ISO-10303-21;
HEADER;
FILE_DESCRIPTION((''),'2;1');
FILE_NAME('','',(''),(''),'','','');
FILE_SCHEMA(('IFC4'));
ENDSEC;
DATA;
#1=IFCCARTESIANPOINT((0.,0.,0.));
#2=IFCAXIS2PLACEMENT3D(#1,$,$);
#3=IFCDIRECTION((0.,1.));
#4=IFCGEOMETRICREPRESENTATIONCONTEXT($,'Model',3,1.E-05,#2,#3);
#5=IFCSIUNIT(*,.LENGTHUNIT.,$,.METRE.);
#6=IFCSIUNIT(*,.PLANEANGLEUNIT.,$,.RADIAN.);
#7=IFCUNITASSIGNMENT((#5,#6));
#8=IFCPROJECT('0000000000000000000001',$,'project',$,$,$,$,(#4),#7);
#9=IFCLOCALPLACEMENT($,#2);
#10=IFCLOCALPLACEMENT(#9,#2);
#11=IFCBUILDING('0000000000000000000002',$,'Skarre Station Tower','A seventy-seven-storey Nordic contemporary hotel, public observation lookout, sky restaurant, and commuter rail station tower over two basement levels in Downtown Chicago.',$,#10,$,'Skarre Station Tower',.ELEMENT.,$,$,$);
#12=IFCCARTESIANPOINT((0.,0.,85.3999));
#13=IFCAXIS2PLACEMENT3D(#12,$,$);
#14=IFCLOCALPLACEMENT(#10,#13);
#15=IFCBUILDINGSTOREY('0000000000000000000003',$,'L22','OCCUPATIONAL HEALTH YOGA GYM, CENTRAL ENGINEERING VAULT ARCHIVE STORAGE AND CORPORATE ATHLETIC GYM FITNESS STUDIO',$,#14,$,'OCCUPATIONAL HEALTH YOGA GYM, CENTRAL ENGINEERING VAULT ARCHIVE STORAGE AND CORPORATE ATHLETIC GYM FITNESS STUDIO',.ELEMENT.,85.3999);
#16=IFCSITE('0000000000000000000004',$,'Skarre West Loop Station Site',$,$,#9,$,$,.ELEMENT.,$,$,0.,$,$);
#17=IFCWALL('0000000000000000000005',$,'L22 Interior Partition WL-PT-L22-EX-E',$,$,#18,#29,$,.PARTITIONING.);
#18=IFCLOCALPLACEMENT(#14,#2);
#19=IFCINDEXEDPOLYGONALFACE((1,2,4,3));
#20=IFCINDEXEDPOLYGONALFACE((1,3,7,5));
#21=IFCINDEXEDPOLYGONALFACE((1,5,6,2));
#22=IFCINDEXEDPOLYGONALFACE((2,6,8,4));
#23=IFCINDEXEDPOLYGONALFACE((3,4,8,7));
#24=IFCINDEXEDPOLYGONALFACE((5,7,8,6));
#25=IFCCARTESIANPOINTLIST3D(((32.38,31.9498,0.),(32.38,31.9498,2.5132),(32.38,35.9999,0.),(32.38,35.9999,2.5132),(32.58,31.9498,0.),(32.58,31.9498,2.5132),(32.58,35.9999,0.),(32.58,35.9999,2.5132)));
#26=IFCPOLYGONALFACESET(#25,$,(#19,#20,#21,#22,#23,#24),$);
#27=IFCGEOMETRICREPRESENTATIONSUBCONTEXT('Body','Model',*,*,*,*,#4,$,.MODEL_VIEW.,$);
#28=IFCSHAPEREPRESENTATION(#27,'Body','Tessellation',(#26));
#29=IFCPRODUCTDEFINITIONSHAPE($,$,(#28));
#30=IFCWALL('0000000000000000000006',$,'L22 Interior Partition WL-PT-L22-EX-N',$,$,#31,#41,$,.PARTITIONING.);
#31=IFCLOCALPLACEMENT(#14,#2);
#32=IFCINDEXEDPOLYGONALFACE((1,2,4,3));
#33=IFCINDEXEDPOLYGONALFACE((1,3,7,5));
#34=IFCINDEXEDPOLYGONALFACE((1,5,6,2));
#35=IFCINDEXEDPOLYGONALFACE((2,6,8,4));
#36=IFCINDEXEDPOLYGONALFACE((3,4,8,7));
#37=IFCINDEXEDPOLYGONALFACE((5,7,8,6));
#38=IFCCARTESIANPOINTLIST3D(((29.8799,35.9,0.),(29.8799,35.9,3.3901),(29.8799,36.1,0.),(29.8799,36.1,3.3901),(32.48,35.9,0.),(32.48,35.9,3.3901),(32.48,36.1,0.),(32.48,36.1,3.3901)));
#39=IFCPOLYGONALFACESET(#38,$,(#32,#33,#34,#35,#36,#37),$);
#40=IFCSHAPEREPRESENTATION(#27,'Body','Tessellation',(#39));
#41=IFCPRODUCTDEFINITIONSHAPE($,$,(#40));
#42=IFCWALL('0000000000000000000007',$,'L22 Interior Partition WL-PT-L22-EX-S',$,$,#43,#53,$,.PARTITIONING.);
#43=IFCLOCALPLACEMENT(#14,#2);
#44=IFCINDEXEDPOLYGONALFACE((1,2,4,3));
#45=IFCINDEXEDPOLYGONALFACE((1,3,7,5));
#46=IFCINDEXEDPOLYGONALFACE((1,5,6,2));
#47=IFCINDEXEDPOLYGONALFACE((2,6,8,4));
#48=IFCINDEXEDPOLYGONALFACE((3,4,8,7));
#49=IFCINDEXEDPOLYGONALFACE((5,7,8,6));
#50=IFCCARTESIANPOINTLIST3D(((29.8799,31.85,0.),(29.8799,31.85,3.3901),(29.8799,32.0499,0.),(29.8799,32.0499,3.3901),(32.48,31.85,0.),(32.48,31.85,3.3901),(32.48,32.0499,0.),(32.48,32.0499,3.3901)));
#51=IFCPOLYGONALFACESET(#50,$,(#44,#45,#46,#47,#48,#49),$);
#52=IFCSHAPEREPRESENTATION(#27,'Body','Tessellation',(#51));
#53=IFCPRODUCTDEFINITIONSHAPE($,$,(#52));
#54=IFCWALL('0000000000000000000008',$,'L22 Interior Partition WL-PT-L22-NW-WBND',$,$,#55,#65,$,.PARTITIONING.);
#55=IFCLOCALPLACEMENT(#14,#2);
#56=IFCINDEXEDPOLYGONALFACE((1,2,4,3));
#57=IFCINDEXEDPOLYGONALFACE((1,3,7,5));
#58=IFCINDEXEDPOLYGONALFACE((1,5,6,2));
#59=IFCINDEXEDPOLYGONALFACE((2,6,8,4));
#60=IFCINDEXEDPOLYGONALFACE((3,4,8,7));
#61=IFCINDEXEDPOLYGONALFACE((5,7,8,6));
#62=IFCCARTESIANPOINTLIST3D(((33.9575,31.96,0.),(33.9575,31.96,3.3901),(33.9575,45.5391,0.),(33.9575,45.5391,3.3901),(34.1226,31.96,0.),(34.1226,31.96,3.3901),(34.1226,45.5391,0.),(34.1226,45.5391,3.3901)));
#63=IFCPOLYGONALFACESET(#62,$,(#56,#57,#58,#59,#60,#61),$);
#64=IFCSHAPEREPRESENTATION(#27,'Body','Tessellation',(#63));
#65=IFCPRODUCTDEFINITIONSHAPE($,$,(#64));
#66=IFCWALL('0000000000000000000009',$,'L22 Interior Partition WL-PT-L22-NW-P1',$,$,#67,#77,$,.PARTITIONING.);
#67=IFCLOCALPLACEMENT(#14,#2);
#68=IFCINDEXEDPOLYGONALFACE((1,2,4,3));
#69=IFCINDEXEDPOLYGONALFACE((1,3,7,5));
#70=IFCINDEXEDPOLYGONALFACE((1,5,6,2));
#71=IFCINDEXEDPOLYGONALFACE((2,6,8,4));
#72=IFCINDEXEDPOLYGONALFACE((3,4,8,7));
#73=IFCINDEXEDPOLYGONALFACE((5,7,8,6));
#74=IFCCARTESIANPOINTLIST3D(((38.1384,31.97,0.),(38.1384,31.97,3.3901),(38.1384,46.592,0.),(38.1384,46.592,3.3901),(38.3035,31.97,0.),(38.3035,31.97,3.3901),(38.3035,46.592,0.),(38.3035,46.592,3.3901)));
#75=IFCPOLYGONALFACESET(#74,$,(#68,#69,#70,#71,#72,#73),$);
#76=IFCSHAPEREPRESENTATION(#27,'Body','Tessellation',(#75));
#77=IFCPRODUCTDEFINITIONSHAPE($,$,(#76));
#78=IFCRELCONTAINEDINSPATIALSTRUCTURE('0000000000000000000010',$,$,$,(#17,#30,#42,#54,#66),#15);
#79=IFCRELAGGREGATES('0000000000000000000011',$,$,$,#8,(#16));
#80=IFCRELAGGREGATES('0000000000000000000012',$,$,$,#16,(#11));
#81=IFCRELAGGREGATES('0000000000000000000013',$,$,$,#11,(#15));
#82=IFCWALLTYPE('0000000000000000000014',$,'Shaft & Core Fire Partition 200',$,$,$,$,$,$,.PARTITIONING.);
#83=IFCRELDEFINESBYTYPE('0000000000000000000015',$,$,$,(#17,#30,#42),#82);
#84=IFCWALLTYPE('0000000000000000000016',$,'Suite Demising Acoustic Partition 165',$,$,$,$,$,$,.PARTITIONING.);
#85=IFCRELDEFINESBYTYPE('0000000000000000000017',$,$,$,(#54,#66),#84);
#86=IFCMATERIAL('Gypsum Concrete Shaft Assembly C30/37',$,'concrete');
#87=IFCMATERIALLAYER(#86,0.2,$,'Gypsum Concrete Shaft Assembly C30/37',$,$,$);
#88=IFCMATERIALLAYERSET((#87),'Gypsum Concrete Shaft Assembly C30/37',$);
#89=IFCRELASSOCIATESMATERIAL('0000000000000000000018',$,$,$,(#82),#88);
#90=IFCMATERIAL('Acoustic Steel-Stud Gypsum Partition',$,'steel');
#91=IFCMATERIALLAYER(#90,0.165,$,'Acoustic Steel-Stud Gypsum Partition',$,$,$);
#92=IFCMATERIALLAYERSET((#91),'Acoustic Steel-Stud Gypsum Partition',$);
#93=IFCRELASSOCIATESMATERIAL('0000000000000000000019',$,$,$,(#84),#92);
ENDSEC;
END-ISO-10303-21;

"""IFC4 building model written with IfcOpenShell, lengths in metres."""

from ifc_helpers import new_model, si_unit, direction, frame, frame_2d, origin, place, context, subcontext, project, spatial, rectangle, extrude, material, layer, layer_set, type_object, element, save


model = new_model("IFC4")

# Units and contexts
model_context = context("Model", 3, precision=1e-05, world=origin(), true_north=direction((0.0, 1.0)))
body_context = subcontext(model_context, "Body", "Model", "MODEL_VIEW")
ifc_project = project(units=[si_unit("LENGTHUNIT", "METRE"), si_unit("PLANEANGLEUNIT", "RADIAN")], contexts=[model_context])

# Site, building, storey
site_placement = place(None, origin())
site = spatial("IfcSite", under=ifc_project, at=site_placement, Name="Skarre West Loop Station Site", CompositionType="ELEMENT", RefElevation=0.0)
building_placement = place(site_placement, origin())
building = spatial("IfcBuilding", under=site, at=building_placement, Name="Skarre Station Tower", Description="A seventy-seven-storey Nordic contemporary hotel, public observation lookout, sky restaurant, and commuter rail station tower over two basement levels in Downtown Chicago.", LongName="Skarre Station Tower", CompositionType="ELEMENT")
storey_placement = place(building_placement, frame((0.0, 0.0, 85.3999)))
storey = spatial("IfcBuildingStorey", under=building, at=storey_placement, Name="L22", Description="OCCUPATIONAL HEALTH YOGA GYM, CENTRAL ENGINEERING VAULT ARCHIVE STORAGE AND CORPORATE ATHLETIC GYM FITNESS STUDIO", LongName="OCCUPATIONAL HEALTH YOGA GYM, CENTRAL ENGINEERING VAULT ARCHIVE STORAGE AND CORPORATE ATHLETIC GYM FITNESS STUDIO", CompositionType="ELEMENT", Elevation=85.3999)

# Shared definitions
ifc_material_1 = material(Name="Acoustic Steel-Stud Gypsum Partition", Category="steel")

# Walls
ifc_material_2 = material(Name="Gypsum Concrete Shaft Assembly C30/37", Category="concrete")
ifc_layer_1 = layer(ifc_material_2, 0.2, Name="Gypsum Concrete Shaft Assembly C30/37")
ifc_layer_set_1 = layer_set([ifc_layer_1], Name="Gypsum Concrete Shaft Assembly C30/37")
wall_type_1 = type_object("IfcWallType", Name="Shaft & Core Fire Partition 200", PredefinedType="PARTITIONING", material=ifc_layer_set_1)
wall_1_placement = place(storey_placement, frame((32.48, 31.95, 0.0), z_axis=(0.0, 0.0, 1.0), x_axis=(0.0, 1.0, 0.0)))
element("IfcWall", 1, at=wall_1_placement, inside=storey, type_object=wall_type_1, Name="L22 Interior Partition WL-PT-L22-EX-E", PredefinedType="PARTITIONING", context=body_context, shape_type="SweptSolid", body=[
    extrude(rectangle(XDim=4.05, YDim=0.2, at=frame_2d((2.0249, 0.0))), origin(), (0.0, 0.0, 1.0), 2.5132),
])
for number, where, z_axis, x_axis, name in (
    (2, (29.8799, 36.0, 0.0), (0.0, 0.0, 1.0), (1.0, 0.0, 0.0), "L22 Interior Partition WL-PT-L22-EX-N"),
    (3, (32.48, 31.95, 0.0), (0.0, 0.0, 1.0), (-1.0, 0.0, 0.0), "L22 Interior Partition WL-PT-L22-EX-S"),
):
    element("IfcWall", number, at=place(storey_placement, frame(where, z_axis=z_axis, x_axis=x_axis)), inside=storey, type_object=wall_type_1, Name=name, PredefinedType="PARTITIONING", context=body_context, shape_type="SweptSolid", body=[
        extrude(rectangle(XDim=2.6001, YDim=0.2, at=frame_2d((1.3, 0.0))), origin(), (0.0, 0.0, 1.0), 3.3901),
    ])
ifc_layer_2 = layer(ifc_material_1, 0.165, Name="Acoustic Steel-Stud Gypsum Partition")
ifc_layer_set_2 = layer_set([ifc_layer_2], Name="Acoustic Steel-Stud Gypsum Partition")
wall_type_2 = type_object("IfcWallType", Name="Suite Demising Acoustic Partition 165", PredefinedType="PARTITIONING", material=ifc_layer_set_2)
wall_2_placement = place(storey_placement, frame((34.04, 31.96, 0.0), z_axis=(0.0, 0.0, 1.0), x_axis=(0.0, 1.0, 0.0)))
element("IfcWall", 4, at=wall_2_placement, inside=storey, type_object=wall_type_2, Name="L22 Interior Partition WL-PT-L22-NW-WBND", PredefinedType="PARTITIONING", context=body_context, shape_type="SweptSolid", body=[
    extrude(rectangle(XDim=13.5791, YDim=0.165, at=frame_2d((6.7896, 0.0))), origin(), (0.0, 0.0, 1.0), 3.3901),
])
wall_3_placement = place(storey_placement, frame((38.2209, 31.97, 0.0), z_axis=(0.0, 0.0, 1.0), x_axis=(0.0, 1.0, 0.0)))
element("IfcWall", 5, at=wall_3_placement, inside=storey, type_object=wall_type_2, Name="L22 Interior Partition WL-PT-L22-NW-P1", PredefinedType="PARTITIONING", context=body_context, shape_type="SweptSolid", body=[
    extrude(rectangle(XDim=14.6221, YDim=0.165, at=frame_2d((7.311, 0.0))), origin(), (0.0, 0.0, 1.0), 3.3901),
])

save(model, "model.ifc")
